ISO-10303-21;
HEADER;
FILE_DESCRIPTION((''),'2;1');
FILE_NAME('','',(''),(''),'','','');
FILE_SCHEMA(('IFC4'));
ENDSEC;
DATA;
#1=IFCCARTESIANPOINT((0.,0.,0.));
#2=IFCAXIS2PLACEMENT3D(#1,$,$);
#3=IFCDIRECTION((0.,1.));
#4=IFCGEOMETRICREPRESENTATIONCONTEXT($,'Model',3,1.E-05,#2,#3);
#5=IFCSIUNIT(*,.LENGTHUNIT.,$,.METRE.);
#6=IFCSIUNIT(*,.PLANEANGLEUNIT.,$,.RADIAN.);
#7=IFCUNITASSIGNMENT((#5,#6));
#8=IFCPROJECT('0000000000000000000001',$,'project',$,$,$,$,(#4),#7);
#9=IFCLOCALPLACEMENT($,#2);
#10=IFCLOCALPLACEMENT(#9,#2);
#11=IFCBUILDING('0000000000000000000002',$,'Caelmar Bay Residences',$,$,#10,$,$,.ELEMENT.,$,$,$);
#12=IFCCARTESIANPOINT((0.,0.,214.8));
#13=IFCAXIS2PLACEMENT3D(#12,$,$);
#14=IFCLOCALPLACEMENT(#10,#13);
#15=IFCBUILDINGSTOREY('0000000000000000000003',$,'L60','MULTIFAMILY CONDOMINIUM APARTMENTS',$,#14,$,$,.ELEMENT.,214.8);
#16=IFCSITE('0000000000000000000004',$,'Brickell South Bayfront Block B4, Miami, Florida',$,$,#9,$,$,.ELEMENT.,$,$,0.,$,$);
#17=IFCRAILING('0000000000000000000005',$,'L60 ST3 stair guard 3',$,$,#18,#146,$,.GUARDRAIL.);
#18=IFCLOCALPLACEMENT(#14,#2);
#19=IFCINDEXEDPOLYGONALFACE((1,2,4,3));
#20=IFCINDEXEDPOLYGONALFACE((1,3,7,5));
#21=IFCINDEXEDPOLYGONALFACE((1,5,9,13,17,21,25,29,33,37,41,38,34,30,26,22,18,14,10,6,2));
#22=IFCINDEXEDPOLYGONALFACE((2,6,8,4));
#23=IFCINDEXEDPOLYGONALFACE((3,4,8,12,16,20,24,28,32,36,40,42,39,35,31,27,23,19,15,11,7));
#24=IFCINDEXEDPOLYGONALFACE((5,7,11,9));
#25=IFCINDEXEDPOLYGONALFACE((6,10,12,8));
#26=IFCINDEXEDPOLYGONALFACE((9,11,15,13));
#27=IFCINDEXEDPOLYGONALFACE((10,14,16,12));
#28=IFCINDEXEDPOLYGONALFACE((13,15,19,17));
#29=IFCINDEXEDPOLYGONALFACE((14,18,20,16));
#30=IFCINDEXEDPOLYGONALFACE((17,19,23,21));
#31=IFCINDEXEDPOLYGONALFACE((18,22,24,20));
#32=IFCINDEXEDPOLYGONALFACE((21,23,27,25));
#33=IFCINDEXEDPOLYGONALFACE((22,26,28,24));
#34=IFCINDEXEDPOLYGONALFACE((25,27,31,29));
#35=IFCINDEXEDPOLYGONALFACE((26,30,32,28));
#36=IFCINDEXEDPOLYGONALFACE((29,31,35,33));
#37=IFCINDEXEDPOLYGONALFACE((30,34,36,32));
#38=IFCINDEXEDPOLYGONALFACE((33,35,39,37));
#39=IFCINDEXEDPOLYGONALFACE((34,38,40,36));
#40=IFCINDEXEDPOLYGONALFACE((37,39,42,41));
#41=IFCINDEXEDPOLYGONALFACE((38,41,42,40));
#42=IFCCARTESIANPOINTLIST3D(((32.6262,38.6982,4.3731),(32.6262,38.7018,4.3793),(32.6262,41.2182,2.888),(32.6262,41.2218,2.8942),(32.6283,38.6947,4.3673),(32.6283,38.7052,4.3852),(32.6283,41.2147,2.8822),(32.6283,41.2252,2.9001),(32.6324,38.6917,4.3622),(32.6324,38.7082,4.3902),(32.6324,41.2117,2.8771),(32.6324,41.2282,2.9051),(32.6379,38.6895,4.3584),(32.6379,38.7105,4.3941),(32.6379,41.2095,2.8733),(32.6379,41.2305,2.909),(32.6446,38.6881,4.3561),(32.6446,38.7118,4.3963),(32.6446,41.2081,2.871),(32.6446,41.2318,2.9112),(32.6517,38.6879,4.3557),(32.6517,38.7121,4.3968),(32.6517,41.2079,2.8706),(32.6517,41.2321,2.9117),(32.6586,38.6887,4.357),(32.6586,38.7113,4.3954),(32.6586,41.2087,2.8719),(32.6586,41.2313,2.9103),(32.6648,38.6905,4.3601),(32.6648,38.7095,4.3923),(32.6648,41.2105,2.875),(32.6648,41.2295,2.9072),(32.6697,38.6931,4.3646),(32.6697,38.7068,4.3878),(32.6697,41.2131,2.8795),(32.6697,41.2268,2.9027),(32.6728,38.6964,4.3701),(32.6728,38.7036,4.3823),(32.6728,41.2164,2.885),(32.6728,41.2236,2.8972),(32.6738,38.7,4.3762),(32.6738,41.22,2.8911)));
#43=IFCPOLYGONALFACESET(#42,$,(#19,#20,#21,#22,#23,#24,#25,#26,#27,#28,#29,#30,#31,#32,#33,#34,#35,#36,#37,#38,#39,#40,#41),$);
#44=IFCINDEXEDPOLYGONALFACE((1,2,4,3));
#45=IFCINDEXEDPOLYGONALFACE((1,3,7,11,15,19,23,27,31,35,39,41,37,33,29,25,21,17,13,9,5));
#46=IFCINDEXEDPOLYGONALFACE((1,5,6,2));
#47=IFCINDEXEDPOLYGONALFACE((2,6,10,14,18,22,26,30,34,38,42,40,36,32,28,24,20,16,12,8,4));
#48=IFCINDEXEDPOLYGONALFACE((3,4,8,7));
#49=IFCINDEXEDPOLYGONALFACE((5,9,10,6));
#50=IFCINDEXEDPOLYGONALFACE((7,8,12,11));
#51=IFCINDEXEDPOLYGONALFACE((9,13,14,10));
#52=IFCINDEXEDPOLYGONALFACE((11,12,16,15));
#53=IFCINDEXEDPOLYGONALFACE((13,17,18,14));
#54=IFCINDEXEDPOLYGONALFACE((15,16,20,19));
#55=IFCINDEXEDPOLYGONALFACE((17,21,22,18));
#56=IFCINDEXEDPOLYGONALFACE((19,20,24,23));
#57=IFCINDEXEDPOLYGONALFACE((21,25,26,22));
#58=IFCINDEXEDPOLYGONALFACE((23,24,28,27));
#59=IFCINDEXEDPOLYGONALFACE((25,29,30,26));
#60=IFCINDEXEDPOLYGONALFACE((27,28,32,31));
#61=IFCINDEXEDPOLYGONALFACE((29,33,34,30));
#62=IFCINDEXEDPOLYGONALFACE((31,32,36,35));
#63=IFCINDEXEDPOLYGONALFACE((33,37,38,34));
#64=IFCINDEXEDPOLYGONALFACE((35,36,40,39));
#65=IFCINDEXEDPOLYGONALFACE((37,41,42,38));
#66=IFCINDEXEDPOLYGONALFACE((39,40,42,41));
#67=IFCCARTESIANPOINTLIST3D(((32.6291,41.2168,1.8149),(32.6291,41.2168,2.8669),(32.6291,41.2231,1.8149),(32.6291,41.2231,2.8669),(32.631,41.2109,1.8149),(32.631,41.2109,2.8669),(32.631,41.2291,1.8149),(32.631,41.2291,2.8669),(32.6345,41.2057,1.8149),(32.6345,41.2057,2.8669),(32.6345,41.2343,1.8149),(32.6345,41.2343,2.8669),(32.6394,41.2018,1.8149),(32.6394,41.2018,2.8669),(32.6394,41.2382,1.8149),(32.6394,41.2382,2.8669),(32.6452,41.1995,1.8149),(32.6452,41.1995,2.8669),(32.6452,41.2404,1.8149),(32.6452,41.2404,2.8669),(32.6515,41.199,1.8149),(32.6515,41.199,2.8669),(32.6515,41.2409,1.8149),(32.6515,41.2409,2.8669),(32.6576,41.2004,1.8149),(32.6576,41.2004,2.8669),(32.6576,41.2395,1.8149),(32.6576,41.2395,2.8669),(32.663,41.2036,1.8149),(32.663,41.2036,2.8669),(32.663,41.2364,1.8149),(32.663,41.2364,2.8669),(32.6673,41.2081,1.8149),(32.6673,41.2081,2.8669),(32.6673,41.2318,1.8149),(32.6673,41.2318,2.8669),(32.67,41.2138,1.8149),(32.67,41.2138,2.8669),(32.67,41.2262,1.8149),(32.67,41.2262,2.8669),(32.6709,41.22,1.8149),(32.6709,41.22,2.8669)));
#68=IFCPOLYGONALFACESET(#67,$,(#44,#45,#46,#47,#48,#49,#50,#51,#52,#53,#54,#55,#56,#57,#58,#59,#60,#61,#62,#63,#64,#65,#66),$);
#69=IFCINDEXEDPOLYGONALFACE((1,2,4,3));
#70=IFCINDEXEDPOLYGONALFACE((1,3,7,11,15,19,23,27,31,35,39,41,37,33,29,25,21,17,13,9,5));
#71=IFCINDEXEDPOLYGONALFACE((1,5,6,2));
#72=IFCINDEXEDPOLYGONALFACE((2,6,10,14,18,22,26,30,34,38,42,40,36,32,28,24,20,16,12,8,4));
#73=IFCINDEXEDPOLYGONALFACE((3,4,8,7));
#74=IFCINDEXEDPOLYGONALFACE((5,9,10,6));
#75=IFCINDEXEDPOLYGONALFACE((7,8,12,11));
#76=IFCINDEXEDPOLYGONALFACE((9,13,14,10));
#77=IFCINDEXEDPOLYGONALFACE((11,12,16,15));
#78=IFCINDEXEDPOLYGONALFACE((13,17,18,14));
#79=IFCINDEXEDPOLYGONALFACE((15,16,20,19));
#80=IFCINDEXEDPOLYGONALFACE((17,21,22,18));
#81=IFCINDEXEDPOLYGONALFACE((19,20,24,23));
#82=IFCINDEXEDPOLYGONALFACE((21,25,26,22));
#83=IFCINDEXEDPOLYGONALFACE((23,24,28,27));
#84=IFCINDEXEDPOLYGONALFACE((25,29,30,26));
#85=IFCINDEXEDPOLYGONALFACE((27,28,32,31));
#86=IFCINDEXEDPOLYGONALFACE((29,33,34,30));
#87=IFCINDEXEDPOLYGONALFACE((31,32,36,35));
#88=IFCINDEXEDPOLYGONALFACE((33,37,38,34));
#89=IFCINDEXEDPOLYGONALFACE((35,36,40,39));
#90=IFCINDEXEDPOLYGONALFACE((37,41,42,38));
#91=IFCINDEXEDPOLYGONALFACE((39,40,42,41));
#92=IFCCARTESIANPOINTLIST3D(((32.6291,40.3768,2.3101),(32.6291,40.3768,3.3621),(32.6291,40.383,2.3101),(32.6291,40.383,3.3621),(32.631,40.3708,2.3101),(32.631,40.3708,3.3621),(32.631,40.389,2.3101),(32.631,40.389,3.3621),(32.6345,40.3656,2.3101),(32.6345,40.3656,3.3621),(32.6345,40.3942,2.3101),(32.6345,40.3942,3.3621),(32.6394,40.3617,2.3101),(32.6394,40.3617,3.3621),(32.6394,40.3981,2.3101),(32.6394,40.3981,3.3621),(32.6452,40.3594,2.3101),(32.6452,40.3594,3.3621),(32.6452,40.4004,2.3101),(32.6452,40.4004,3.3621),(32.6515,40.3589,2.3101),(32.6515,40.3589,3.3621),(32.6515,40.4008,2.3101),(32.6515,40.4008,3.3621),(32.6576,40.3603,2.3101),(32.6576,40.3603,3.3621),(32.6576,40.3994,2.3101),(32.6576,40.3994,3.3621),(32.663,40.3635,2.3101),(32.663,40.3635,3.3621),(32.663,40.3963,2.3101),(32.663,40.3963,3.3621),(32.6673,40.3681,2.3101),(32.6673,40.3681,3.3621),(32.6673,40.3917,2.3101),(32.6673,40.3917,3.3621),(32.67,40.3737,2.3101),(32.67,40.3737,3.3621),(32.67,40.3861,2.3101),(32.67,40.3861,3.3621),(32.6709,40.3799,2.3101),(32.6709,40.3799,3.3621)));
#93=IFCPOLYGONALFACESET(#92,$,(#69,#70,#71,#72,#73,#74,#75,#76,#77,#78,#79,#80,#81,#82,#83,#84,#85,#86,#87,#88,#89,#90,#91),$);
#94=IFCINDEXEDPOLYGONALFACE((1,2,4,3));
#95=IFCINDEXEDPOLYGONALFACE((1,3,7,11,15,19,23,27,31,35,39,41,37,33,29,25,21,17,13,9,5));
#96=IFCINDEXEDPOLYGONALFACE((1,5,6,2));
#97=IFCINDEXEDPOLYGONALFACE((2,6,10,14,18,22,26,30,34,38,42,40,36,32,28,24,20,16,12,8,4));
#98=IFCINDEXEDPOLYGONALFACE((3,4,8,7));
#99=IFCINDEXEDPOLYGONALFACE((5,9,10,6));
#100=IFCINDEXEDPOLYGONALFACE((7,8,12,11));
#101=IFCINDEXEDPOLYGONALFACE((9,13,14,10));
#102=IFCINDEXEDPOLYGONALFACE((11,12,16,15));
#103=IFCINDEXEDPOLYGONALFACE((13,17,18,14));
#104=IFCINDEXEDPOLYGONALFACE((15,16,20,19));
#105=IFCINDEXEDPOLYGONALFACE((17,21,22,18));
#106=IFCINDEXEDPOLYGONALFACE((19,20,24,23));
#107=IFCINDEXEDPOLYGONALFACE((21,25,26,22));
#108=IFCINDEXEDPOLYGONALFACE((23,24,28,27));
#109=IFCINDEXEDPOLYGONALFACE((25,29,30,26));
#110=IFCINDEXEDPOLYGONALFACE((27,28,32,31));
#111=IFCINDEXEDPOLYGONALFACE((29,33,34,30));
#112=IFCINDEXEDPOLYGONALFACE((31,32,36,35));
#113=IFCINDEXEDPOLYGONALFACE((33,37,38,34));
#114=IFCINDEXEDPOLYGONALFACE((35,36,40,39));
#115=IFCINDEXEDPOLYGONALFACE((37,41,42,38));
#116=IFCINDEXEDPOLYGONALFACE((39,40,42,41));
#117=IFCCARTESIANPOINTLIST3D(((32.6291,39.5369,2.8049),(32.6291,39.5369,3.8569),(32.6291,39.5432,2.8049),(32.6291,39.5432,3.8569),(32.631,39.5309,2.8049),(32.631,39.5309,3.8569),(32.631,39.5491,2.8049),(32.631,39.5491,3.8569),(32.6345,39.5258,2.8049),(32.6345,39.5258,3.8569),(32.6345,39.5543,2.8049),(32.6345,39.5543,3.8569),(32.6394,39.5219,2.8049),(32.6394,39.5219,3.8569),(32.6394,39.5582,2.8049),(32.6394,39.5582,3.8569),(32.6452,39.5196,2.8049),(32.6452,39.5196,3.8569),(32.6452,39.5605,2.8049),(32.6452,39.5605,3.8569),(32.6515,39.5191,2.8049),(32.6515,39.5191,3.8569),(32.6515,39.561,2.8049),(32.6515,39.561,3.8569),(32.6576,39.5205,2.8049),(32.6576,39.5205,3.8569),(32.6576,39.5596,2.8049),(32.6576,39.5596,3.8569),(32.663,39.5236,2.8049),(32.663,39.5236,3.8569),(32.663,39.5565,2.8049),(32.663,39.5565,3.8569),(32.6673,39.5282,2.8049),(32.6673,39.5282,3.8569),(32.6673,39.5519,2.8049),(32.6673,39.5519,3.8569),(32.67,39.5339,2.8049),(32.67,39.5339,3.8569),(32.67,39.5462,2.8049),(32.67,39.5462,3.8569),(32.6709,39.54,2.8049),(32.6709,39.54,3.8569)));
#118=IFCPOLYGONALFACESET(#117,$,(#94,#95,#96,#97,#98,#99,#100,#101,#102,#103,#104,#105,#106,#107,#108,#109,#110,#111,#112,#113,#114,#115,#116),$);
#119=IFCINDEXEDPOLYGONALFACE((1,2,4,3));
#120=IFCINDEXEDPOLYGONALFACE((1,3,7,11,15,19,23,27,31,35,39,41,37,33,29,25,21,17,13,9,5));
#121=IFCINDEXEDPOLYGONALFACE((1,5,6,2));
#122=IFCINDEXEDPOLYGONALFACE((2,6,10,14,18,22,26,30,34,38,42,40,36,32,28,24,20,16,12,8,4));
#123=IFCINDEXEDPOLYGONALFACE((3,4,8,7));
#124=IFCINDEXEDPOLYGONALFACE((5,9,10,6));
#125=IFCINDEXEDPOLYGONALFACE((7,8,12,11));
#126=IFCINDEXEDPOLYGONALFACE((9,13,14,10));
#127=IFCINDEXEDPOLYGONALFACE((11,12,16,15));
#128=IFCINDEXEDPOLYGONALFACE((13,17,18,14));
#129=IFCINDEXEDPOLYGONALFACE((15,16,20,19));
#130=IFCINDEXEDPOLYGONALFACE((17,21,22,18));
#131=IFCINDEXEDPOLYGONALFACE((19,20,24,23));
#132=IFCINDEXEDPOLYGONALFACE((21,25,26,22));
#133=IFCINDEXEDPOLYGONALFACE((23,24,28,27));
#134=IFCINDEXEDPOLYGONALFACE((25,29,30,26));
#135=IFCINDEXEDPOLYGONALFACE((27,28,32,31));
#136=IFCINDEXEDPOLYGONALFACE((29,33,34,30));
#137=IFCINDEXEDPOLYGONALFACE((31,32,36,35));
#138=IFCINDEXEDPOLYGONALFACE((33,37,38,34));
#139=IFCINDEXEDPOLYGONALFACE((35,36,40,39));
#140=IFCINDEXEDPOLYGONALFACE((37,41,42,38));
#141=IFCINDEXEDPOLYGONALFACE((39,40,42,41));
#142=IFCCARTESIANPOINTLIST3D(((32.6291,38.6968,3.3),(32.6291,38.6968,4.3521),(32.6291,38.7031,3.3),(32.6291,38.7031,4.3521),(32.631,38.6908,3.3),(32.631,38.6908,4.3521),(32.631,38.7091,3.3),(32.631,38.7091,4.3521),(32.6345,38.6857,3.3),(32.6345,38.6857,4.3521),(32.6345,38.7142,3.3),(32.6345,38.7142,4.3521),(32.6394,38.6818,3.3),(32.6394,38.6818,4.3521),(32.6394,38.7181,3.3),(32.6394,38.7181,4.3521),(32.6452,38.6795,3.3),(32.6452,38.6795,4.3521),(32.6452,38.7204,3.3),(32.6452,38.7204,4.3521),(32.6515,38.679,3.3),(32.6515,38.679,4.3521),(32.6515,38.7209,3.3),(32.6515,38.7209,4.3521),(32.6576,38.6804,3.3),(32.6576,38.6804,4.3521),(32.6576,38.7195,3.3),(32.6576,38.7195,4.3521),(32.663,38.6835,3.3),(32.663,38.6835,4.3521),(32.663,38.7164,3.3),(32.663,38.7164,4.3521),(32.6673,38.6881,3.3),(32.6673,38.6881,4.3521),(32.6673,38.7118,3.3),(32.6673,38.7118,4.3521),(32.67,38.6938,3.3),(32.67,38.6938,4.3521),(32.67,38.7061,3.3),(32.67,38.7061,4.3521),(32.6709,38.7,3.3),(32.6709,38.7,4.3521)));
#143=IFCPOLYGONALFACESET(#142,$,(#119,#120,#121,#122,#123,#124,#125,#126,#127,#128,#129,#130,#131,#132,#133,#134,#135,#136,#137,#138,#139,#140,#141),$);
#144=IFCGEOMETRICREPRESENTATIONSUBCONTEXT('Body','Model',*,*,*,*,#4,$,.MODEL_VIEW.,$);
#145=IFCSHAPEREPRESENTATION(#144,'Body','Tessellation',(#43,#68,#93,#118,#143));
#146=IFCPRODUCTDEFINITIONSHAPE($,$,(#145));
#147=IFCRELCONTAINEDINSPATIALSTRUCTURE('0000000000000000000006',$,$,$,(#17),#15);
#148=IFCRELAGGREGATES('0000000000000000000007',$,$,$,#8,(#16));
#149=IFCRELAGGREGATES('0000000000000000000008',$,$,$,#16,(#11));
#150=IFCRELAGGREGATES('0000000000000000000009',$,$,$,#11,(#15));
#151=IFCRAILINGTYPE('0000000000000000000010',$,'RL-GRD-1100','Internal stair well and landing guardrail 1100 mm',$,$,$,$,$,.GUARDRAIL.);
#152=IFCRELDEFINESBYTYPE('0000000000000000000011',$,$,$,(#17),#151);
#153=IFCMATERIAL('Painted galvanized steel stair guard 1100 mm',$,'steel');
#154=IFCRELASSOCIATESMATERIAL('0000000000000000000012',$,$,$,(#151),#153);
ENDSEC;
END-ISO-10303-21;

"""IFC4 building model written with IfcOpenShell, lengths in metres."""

from ifc_helpers import new_model, si_unit, direction, frame, origin, origin_2d, place, context, subcontext, project, spatial, circle, extrude, material, type_object, element, save


model = new_model("IFC4")

# Units and contexts
model_context = context("Model", 3, precision=1e-05, world=origin(), true_north=direction((0.0, 1.0)))
body_context = subcontext(model_context, "Body", "Model", "MODEL_VIEW")
ifc_project = project(units=[si_unit("LENGTHUNIT", "METRE"), si_unit("PLANEANGLEUNIT", "RADIAN")], contexts=[model_context])

# Site, building, storey
site_placement = place(None, origin())
site = spatial("IfcSite", under=ifc_project, at=site_placement, Name="Brickell South Bayfront Block B4, Miami, Florida", CompositionType="ELEMENT", RefElevation=0.0)
building_placement = place(site_placement, origin())
building = spatial("IfcBuilding", under=site, at=building_placement, Name="Caelmar Bay Residences", CompositionType="ELEMENT")
storey_placement = place(building_placement, frame((0.0, 0.0, 214.8)))
storey = spatial("IfcBuildingStorey", under=building, at=storey_placement, Name="L60", Description="MULTIFAMILY CONDOMINIUM APARTMENTS", CompositionType="ELEMENT", Elevation=214.8)

# Railing
ifc_material_1 = material(Name="Painted galvanized steel stair guard 1100 mm", Category="steel")
railing_type_1 = type_object("IfcRailingType", Name="RL-GRD-1100", Description="Internal stair well and landing guardrail 1100 mm", PredefinedType="GUARDRAIL", material=ifc_material_1)
railing_1_placement = place(storey_placement, frame((32.6499, 41.22, 1.8149)))
element("IfcRailing", 1, at=railing_1_placement, inside=storey, type_object=railing_type_1, Name="L60 ST3 stair guard 3", PredefinedType="GUARDRAIL", context=body_context, shape_type="SweptSolid", body=[
    extrude(circle(Radius=0.0239, at=origin_2d()), frame((0.0, 0.0, 1.0762), z_axis=(0.0, -0.861524, 0.507717), x_axis=(1.0, 0.0, 0.0)), (0.0, 0.0, 1.0), 2.925),
    extrude(circle(Radius=0.021, at=origin_2d()), origin(), (0.0, 0.0, 1.0), 1.052),
    extrude(circle(Radius=0.021, at=origin_2d()), frame((0.0, -0.8401, 0.4951)), (0.0, 0.0, 1.0), 1.052),
    extrude(circle(Radius=0.021, at=origin_2d()), frame((0.0, -1.6799, 0.99)), (0.0, 0.0, 1.0), 1.052),
    extrude(circle(Radius=0.021, at=origin_2d()), frame((0.0, -2.52, 1.4851)), (0.0, 0.0, 1.0), 1.052),
])

save(model, "model.ifc")
